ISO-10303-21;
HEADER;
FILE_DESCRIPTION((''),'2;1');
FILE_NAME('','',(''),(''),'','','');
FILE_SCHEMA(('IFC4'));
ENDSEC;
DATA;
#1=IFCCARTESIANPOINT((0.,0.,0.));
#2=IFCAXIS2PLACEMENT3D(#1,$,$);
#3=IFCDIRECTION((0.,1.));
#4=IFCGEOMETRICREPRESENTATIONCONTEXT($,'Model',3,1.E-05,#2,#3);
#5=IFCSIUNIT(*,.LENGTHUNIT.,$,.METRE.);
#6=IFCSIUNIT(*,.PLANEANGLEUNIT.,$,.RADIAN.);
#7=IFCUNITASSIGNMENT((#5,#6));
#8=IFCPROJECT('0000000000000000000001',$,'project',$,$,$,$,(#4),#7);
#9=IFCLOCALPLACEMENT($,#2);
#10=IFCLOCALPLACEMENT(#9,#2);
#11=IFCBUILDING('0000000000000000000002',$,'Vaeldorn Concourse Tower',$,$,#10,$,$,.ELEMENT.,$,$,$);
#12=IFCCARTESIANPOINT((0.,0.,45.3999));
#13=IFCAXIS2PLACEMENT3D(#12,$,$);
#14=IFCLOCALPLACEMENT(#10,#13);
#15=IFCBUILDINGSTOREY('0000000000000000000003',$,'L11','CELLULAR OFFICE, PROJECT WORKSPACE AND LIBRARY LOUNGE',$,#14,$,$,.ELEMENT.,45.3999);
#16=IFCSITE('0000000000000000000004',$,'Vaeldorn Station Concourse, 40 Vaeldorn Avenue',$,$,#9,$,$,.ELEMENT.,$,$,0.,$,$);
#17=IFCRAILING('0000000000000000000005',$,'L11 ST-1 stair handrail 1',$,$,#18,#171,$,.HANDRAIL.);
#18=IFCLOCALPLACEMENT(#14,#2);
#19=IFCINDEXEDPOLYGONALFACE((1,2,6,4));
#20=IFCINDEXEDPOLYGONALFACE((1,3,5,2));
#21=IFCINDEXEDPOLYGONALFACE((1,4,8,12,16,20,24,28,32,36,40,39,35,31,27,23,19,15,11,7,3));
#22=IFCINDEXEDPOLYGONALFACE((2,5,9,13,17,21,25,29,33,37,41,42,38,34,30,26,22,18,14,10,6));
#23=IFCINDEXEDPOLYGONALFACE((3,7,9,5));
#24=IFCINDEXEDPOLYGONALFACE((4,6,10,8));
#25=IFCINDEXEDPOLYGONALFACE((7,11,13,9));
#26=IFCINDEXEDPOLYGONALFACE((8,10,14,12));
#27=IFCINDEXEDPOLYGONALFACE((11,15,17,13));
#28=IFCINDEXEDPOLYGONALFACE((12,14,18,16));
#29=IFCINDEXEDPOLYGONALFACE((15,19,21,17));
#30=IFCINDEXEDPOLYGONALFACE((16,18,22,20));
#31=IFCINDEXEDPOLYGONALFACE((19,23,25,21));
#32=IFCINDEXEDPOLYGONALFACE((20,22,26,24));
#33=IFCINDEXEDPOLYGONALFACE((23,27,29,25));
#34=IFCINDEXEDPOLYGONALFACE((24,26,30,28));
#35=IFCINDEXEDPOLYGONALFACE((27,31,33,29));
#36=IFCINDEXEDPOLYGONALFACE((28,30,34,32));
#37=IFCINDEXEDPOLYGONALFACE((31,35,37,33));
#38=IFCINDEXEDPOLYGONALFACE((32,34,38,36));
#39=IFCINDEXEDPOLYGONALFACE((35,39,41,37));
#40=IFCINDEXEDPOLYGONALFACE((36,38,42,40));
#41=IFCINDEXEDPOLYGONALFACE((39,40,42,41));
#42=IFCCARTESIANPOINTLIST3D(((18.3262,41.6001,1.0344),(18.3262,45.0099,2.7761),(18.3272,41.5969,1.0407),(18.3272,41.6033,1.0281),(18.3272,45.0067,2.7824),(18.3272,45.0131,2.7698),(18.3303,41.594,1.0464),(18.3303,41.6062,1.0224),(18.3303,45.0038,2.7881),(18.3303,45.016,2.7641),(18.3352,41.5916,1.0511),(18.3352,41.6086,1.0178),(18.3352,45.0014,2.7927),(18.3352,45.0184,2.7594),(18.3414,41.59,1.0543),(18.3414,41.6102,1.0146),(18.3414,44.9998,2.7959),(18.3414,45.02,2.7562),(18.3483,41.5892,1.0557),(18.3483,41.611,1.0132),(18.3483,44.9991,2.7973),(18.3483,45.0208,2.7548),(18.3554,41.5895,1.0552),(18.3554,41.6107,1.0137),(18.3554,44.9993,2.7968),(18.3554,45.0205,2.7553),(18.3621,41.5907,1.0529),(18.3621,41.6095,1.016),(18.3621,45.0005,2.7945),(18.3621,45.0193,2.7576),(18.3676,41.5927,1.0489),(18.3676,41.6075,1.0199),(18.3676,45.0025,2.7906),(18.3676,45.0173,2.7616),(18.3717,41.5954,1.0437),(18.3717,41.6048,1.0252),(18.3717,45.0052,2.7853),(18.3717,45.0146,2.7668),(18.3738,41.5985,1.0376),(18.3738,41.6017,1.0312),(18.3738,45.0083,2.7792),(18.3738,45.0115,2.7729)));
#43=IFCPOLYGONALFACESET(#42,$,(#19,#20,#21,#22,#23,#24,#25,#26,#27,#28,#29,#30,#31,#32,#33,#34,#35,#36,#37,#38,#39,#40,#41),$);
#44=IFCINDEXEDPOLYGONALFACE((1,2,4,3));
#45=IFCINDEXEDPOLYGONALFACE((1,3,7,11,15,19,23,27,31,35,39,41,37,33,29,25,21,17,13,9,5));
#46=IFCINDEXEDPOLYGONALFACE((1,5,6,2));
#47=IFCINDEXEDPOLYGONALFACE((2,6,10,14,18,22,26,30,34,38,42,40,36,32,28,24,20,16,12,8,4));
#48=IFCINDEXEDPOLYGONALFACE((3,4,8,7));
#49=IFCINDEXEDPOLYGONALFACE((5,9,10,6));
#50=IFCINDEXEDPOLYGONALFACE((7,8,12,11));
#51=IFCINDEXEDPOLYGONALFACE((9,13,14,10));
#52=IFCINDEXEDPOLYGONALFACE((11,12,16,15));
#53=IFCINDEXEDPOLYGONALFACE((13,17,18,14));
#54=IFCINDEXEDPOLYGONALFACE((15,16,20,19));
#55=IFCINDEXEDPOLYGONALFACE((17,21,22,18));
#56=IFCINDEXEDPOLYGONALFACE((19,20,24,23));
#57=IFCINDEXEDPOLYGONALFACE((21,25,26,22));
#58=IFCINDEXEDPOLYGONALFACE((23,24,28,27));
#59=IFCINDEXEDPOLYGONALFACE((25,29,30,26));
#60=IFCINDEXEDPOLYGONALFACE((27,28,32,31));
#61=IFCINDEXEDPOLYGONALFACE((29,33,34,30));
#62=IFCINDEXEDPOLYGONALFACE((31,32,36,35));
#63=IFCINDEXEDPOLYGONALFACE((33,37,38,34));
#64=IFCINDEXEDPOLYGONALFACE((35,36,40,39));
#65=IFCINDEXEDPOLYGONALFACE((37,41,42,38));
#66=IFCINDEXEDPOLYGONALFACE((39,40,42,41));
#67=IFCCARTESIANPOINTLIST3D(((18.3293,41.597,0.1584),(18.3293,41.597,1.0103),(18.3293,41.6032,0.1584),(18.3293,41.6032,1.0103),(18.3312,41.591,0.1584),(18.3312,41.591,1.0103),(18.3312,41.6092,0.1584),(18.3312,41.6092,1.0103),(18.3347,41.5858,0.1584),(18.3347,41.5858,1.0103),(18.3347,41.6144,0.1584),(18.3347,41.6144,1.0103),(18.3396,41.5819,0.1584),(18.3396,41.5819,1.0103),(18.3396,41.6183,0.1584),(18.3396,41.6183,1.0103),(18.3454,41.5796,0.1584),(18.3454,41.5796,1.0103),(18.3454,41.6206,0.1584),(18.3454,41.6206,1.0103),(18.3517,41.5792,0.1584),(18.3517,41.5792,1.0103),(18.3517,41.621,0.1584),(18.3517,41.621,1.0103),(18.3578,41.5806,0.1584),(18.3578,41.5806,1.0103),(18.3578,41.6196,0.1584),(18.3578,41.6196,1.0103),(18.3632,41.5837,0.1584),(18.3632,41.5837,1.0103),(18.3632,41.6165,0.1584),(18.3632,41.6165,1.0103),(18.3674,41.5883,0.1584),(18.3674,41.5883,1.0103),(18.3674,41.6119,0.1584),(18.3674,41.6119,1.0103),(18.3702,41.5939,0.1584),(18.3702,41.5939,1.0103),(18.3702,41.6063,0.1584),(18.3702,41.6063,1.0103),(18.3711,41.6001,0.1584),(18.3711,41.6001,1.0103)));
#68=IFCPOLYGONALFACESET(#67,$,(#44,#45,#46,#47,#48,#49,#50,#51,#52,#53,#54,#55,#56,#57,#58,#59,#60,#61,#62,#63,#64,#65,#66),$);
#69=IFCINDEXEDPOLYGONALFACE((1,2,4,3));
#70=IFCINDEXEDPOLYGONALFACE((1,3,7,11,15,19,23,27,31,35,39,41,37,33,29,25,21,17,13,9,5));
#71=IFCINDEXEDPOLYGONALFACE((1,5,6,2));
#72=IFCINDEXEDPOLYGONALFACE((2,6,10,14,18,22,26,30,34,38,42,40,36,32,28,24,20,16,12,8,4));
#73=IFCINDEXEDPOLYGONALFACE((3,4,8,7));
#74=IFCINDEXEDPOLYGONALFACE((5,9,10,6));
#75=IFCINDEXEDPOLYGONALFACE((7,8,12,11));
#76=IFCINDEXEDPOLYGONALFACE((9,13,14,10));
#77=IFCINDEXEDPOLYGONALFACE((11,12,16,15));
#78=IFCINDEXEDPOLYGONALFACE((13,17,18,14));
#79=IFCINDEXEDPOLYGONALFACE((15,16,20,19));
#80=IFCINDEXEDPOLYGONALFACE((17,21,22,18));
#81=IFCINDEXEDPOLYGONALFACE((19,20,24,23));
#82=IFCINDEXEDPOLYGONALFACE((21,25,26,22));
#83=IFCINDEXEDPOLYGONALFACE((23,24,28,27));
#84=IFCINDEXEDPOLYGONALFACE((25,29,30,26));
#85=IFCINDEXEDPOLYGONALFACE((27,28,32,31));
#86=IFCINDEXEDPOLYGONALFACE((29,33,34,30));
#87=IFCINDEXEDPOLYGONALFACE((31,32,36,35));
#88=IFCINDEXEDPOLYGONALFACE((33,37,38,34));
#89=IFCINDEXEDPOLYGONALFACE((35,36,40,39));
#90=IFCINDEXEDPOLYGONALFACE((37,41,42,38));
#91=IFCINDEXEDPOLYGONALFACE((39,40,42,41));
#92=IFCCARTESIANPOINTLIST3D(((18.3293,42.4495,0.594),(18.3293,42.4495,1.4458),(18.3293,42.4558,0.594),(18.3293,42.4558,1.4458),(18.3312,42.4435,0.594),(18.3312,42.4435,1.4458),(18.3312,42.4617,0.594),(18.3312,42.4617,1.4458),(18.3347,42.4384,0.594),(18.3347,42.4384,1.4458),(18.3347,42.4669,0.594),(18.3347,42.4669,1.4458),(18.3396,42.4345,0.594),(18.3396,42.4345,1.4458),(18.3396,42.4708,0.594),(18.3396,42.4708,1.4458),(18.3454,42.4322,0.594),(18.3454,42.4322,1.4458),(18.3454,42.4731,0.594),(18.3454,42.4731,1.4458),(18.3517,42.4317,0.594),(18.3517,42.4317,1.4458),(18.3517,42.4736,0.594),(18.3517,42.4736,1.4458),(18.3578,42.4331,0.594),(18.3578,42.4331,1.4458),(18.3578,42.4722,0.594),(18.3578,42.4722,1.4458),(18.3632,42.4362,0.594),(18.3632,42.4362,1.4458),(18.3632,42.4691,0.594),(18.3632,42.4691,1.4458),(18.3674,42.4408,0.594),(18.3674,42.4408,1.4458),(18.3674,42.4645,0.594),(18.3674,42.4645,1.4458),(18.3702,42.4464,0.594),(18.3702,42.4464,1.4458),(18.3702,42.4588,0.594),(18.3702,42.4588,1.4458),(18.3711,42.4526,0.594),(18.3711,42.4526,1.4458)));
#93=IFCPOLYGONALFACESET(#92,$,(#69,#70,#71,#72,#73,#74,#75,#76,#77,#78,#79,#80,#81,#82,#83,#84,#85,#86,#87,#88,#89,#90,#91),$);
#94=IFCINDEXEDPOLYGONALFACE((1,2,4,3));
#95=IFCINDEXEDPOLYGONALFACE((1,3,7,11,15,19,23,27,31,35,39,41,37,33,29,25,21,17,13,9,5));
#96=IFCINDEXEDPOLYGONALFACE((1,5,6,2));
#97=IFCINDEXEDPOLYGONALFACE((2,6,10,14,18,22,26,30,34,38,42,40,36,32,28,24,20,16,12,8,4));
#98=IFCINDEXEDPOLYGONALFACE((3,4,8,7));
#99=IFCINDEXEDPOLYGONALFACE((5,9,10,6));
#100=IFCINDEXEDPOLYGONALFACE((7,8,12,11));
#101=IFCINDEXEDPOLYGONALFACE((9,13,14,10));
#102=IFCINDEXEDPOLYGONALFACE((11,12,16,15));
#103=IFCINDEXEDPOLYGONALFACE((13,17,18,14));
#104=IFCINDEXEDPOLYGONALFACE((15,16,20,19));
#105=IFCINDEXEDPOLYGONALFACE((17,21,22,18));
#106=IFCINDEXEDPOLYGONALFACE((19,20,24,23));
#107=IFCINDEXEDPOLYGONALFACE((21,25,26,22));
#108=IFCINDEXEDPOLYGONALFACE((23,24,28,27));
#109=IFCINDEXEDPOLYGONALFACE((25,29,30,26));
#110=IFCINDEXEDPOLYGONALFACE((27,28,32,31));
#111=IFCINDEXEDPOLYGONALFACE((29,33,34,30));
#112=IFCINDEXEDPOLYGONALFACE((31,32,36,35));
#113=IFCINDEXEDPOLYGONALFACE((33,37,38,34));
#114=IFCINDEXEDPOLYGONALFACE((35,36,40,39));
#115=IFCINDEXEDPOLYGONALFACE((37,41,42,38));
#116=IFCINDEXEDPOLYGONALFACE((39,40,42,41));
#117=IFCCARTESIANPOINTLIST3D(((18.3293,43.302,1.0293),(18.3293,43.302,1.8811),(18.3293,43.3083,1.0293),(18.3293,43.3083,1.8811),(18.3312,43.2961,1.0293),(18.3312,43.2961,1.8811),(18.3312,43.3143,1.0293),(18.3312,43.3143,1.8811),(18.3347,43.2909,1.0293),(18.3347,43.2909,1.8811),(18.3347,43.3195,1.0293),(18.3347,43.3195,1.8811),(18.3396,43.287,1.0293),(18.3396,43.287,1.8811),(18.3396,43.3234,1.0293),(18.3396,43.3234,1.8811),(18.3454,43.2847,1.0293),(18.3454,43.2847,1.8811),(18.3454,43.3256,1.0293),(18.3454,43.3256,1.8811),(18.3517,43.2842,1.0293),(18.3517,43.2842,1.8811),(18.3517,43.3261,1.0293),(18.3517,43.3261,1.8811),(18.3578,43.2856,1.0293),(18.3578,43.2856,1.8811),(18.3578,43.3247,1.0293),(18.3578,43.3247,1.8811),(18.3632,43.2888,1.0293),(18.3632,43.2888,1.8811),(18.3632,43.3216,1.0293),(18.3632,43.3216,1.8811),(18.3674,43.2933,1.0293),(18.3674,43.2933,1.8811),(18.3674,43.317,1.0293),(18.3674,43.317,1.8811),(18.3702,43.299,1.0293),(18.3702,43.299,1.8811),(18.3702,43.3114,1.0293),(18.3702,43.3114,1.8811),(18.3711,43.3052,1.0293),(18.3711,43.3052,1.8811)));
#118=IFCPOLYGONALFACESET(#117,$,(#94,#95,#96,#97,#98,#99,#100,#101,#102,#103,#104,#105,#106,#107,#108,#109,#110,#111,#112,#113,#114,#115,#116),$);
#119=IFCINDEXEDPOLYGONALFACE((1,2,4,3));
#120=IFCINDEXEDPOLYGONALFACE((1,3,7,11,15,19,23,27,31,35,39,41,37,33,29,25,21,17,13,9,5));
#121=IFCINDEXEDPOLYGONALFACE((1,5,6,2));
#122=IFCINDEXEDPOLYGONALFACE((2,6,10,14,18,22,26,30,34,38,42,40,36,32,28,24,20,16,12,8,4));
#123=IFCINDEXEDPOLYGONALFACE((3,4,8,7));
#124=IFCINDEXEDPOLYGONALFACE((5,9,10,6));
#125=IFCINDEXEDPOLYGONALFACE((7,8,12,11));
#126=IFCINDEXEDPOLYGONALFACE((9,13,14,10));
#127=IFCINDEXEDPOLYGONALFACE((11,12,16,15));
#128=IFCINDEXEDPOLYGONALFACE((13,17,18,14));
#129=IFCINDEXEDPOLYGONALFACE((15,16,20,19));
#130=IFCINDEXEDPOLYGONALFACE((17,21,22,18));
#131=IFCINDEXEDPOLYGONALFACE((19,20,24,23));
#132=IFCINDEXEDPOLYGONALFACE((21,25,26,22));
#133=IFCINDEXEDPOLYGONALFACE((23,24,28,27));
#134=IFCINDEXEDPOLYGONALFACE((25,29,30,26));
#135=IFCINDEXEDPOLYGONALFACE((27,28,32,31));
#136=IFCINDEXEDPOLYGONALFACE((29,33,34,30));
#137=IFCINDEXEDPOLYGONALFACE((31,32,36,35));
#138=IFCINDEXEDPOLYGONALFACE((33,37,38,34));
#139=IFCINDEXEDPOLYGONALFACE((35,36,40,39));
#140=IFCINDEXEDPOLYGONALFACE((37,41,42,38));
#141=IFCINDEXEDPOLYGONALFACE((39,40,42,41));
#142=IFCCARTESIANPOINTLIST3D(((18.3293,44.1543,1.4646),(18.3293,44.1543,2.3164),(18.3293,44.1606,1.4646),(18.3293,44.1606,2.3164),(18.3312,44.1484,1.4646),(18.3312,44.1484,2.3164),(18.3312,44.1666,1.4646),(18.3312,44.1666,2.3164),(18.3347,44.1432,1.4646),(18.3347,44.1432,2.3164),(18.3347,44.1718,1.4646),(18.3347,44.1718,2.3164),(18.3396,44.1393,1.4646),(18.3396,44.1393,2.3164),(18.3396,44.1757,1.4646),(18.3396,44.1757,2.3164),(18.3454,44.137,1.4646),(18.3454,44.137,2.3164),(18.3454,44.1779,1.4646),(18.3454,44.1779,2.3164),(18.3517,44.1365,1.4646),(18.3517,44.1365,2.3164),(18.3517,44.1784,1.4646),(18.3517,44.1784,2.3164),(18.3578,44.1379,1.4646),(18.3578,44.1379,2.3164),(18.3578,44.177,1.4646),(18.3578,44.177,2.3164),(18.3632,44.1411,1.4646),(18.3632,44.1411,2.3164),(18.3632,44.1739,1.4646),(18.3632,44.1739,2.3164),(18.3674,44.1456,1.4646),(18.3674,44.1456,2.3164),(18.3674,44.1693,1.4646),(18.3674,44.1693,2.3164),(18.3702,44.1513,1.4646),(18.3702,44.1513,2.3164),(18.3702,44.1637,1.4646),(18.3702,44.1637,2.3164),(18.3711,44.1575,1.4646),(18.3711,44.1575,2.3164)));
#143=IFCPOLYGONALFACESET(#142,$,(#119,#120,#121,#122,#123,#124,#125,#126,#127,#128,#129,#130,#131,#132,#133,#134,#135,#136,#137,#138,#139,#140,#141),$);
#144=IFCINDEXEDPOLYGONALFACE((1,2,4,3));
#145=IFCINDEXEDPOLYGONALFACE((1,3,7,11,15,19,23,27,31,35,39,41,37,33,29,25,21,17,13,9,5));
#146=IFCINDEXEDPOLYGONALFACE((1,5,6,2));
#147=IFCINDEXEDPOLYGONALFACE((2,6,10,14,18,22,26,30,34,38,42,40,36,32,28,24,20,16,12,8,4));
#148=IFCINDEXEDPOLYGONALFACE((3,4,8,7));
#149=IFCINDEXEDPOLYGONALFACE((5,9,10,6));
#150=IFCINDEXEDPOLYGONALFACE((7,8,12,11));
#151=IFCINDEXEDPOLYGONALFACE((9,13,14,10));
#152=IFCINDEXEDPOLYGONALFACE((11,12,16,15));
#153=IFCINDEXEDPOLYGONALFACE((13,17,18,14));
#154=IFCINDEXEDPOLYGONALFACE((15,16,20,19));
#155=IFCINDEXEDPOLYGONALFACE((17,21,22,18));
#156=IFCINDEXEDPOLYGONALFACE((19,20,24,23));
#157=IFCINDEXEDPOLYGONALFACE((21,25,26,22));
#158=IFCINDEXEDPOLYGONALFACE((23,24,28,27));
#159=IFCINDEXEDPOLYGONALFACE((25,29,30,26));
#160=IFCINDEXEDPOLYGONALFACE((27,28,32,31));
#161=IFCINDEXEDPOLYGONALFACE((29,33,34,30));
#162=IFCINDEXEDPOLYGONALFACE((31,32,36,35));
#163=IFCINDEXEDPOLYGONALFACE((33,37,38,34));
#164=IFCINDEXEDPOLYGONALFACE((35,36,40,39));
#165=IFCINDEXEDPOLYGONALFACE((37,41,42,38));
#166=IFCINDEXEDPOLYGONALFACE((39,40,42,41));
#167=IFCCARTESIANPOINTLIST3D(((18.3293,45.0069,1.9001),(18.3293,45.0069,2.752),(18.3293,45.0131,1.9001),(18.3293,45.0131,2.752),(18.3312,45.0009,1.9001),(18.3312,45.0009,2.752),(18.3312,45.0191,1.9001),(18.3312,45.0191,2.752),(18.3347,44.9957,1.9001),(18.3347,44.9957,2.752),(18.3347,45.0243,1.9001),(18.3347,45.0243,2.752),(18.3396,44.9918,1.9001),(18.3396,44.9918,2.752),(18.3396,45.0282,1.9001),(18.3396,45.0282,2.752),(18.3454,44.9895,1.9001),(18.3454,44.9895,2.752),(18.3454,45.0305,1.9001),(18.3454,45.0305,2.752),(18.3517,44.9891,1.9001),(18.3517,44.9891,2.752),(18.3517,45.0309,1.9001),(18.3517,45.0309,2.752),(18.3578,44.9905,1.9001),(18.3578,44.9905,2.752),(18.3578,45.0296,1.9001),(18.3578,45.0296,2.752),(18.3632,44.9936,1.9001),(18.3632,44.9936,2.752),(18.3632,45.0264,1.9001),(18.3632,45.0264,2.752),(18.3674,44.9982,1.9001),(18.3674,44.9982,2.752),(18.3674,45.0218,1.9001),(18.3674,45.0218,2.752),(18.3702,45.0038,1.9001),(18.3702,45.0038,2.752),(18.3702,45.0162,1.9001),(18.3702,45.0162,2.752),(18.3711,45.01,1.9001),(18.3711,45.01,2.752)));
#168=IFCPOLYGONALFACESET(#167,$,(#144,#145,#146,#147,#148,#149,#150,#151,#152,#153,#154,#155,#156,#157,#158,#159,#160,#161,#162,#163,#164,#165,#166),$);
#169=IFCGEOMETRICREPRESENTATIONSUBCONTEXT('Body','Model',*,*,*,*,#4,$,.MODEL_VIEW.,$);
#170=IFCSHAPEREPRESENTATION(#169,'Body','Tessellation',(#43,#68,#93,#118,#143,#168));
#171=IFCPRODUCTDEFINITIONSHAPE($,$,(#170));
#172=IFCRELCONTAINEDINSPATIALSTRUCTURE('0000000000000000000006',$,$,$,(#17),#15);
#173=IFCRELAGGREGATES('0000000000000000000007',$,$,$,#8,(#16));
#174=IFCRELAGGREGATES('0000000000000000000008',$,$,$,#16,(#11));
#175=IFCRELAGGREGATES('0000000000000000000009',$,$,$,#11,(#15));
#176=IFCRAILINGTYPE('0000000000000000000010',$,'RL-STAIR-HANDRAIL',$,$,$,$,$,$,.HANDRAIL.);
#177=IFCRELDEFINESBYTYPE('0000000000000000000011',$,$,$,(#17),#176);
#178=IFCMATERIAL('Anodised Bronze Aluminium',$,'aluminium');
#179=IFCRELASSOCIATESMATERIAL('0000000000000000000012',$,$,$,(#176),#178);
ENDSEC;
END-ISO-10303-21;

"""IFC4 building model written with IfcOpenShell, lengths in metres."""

from ifc_helpers import new_model, si_unit, direction, frame, origin, origin_2d, place, context, subcontext, project, spatial, circle, extrude, material, type_object, element, save


model = new_model("IFC4")

# Units and contexts
model_context = context("Model", 3, precision=1e-05, world=origin(), true_north=direction((0.0, 1.0)))
body_context = subcontext(model_context, "Body", "Model", "MODEL_VIEW")
ifc_project = project(units=[si_unit("LENGTHUNIT", "METRE"), si_unit("PLANEANGLEUNIT", "RADIAN")], contexts=[model_context])

# Site, building, storey
site_placement = place(None, origin())
site = spatial("IfcSite", under=ifc_project, at=site_placement, Name="Vaeldorn Station Concourse, 40 Vaeldorn Avenue", CompositionType="ELEMENT", RefElevation=0.0)
building_placement = place(site_placement, origin())
building = spatial("IfcBuilding", under=site, at=building_placement, Name="Vaeldorn Concourse Tower", CompositionType="ELEMENT")
storey_placement = place(building_placement, frame((0.0, 0.0, 45.3999)))
storey = spatial("IfcBuildingStorey", under=building, at=storey_placement, Name="L11", Description="CELLULAR OFFICE, PROJECT WORKSPACE AND LIBRARY LOUNGE", CompositionType="ELEMENT", Elevation=45.3999)

# Shared definitions
ifc_material_1 = material(Name="Anodised Bronze Aluminium", Category="aluminium")

# Railing
railing_type_1 = type_object("IfcRailingType", Name="RL-STAIR-HANDRAIL", PredefinedType="HANDRAIL", material=ifc_material_1)
railing_1_placement = place(storey_placement, frame((18.3501, 41.6001, 0.1584)))
element("IfcRailing", 1, at=railing_1_placement, inside=storey, type_object=railing_type_1, Name="L11 ST-1 stair handrail 1", PredefinedType="HANDRAIL", context=body_context, shape_type="SweptSolid", body=[
    extrude(circle(Radius=0.0239, at=origin_2d()), frame((0.0, 0.0, 0.876), z_axis=(0.0, 0.890556, 0.454874), x_axis=(-1.0, 0.0, 0.0)), (0.0, 0.0, 1.0), 3.8289),
    extrude(circle(Radius=0.021, at=origin_2d()), origin(), (0.0, 0.0, 1.0), 0.8518),
    extrude(circle(Radius=0.021, at=origin_2d()), frame((0.0, 0.8525, 0.4355)), (0.0, 0.0, 1.0), 0.8518),
    extrude(circle(Radius=0.021, at=origin_2d()), frame((0.0, 1.7051, 0.8708)), (0.0, 0.0, 1.0), 0.8518),
    extrude(circle(Radius=0.021, at=origin_2d()), frame((0.0, 2.5574, 1.3062)), (0.0, 0.0, 1.0), 0.8518),
    extrude(circle(Radius=0.021, at=origin_2d()), frame((0.0, 3.4099, 1.7417)), (0.0, 0.0, 1.0), 0.8518),
])

save(model, "model.ifc")
